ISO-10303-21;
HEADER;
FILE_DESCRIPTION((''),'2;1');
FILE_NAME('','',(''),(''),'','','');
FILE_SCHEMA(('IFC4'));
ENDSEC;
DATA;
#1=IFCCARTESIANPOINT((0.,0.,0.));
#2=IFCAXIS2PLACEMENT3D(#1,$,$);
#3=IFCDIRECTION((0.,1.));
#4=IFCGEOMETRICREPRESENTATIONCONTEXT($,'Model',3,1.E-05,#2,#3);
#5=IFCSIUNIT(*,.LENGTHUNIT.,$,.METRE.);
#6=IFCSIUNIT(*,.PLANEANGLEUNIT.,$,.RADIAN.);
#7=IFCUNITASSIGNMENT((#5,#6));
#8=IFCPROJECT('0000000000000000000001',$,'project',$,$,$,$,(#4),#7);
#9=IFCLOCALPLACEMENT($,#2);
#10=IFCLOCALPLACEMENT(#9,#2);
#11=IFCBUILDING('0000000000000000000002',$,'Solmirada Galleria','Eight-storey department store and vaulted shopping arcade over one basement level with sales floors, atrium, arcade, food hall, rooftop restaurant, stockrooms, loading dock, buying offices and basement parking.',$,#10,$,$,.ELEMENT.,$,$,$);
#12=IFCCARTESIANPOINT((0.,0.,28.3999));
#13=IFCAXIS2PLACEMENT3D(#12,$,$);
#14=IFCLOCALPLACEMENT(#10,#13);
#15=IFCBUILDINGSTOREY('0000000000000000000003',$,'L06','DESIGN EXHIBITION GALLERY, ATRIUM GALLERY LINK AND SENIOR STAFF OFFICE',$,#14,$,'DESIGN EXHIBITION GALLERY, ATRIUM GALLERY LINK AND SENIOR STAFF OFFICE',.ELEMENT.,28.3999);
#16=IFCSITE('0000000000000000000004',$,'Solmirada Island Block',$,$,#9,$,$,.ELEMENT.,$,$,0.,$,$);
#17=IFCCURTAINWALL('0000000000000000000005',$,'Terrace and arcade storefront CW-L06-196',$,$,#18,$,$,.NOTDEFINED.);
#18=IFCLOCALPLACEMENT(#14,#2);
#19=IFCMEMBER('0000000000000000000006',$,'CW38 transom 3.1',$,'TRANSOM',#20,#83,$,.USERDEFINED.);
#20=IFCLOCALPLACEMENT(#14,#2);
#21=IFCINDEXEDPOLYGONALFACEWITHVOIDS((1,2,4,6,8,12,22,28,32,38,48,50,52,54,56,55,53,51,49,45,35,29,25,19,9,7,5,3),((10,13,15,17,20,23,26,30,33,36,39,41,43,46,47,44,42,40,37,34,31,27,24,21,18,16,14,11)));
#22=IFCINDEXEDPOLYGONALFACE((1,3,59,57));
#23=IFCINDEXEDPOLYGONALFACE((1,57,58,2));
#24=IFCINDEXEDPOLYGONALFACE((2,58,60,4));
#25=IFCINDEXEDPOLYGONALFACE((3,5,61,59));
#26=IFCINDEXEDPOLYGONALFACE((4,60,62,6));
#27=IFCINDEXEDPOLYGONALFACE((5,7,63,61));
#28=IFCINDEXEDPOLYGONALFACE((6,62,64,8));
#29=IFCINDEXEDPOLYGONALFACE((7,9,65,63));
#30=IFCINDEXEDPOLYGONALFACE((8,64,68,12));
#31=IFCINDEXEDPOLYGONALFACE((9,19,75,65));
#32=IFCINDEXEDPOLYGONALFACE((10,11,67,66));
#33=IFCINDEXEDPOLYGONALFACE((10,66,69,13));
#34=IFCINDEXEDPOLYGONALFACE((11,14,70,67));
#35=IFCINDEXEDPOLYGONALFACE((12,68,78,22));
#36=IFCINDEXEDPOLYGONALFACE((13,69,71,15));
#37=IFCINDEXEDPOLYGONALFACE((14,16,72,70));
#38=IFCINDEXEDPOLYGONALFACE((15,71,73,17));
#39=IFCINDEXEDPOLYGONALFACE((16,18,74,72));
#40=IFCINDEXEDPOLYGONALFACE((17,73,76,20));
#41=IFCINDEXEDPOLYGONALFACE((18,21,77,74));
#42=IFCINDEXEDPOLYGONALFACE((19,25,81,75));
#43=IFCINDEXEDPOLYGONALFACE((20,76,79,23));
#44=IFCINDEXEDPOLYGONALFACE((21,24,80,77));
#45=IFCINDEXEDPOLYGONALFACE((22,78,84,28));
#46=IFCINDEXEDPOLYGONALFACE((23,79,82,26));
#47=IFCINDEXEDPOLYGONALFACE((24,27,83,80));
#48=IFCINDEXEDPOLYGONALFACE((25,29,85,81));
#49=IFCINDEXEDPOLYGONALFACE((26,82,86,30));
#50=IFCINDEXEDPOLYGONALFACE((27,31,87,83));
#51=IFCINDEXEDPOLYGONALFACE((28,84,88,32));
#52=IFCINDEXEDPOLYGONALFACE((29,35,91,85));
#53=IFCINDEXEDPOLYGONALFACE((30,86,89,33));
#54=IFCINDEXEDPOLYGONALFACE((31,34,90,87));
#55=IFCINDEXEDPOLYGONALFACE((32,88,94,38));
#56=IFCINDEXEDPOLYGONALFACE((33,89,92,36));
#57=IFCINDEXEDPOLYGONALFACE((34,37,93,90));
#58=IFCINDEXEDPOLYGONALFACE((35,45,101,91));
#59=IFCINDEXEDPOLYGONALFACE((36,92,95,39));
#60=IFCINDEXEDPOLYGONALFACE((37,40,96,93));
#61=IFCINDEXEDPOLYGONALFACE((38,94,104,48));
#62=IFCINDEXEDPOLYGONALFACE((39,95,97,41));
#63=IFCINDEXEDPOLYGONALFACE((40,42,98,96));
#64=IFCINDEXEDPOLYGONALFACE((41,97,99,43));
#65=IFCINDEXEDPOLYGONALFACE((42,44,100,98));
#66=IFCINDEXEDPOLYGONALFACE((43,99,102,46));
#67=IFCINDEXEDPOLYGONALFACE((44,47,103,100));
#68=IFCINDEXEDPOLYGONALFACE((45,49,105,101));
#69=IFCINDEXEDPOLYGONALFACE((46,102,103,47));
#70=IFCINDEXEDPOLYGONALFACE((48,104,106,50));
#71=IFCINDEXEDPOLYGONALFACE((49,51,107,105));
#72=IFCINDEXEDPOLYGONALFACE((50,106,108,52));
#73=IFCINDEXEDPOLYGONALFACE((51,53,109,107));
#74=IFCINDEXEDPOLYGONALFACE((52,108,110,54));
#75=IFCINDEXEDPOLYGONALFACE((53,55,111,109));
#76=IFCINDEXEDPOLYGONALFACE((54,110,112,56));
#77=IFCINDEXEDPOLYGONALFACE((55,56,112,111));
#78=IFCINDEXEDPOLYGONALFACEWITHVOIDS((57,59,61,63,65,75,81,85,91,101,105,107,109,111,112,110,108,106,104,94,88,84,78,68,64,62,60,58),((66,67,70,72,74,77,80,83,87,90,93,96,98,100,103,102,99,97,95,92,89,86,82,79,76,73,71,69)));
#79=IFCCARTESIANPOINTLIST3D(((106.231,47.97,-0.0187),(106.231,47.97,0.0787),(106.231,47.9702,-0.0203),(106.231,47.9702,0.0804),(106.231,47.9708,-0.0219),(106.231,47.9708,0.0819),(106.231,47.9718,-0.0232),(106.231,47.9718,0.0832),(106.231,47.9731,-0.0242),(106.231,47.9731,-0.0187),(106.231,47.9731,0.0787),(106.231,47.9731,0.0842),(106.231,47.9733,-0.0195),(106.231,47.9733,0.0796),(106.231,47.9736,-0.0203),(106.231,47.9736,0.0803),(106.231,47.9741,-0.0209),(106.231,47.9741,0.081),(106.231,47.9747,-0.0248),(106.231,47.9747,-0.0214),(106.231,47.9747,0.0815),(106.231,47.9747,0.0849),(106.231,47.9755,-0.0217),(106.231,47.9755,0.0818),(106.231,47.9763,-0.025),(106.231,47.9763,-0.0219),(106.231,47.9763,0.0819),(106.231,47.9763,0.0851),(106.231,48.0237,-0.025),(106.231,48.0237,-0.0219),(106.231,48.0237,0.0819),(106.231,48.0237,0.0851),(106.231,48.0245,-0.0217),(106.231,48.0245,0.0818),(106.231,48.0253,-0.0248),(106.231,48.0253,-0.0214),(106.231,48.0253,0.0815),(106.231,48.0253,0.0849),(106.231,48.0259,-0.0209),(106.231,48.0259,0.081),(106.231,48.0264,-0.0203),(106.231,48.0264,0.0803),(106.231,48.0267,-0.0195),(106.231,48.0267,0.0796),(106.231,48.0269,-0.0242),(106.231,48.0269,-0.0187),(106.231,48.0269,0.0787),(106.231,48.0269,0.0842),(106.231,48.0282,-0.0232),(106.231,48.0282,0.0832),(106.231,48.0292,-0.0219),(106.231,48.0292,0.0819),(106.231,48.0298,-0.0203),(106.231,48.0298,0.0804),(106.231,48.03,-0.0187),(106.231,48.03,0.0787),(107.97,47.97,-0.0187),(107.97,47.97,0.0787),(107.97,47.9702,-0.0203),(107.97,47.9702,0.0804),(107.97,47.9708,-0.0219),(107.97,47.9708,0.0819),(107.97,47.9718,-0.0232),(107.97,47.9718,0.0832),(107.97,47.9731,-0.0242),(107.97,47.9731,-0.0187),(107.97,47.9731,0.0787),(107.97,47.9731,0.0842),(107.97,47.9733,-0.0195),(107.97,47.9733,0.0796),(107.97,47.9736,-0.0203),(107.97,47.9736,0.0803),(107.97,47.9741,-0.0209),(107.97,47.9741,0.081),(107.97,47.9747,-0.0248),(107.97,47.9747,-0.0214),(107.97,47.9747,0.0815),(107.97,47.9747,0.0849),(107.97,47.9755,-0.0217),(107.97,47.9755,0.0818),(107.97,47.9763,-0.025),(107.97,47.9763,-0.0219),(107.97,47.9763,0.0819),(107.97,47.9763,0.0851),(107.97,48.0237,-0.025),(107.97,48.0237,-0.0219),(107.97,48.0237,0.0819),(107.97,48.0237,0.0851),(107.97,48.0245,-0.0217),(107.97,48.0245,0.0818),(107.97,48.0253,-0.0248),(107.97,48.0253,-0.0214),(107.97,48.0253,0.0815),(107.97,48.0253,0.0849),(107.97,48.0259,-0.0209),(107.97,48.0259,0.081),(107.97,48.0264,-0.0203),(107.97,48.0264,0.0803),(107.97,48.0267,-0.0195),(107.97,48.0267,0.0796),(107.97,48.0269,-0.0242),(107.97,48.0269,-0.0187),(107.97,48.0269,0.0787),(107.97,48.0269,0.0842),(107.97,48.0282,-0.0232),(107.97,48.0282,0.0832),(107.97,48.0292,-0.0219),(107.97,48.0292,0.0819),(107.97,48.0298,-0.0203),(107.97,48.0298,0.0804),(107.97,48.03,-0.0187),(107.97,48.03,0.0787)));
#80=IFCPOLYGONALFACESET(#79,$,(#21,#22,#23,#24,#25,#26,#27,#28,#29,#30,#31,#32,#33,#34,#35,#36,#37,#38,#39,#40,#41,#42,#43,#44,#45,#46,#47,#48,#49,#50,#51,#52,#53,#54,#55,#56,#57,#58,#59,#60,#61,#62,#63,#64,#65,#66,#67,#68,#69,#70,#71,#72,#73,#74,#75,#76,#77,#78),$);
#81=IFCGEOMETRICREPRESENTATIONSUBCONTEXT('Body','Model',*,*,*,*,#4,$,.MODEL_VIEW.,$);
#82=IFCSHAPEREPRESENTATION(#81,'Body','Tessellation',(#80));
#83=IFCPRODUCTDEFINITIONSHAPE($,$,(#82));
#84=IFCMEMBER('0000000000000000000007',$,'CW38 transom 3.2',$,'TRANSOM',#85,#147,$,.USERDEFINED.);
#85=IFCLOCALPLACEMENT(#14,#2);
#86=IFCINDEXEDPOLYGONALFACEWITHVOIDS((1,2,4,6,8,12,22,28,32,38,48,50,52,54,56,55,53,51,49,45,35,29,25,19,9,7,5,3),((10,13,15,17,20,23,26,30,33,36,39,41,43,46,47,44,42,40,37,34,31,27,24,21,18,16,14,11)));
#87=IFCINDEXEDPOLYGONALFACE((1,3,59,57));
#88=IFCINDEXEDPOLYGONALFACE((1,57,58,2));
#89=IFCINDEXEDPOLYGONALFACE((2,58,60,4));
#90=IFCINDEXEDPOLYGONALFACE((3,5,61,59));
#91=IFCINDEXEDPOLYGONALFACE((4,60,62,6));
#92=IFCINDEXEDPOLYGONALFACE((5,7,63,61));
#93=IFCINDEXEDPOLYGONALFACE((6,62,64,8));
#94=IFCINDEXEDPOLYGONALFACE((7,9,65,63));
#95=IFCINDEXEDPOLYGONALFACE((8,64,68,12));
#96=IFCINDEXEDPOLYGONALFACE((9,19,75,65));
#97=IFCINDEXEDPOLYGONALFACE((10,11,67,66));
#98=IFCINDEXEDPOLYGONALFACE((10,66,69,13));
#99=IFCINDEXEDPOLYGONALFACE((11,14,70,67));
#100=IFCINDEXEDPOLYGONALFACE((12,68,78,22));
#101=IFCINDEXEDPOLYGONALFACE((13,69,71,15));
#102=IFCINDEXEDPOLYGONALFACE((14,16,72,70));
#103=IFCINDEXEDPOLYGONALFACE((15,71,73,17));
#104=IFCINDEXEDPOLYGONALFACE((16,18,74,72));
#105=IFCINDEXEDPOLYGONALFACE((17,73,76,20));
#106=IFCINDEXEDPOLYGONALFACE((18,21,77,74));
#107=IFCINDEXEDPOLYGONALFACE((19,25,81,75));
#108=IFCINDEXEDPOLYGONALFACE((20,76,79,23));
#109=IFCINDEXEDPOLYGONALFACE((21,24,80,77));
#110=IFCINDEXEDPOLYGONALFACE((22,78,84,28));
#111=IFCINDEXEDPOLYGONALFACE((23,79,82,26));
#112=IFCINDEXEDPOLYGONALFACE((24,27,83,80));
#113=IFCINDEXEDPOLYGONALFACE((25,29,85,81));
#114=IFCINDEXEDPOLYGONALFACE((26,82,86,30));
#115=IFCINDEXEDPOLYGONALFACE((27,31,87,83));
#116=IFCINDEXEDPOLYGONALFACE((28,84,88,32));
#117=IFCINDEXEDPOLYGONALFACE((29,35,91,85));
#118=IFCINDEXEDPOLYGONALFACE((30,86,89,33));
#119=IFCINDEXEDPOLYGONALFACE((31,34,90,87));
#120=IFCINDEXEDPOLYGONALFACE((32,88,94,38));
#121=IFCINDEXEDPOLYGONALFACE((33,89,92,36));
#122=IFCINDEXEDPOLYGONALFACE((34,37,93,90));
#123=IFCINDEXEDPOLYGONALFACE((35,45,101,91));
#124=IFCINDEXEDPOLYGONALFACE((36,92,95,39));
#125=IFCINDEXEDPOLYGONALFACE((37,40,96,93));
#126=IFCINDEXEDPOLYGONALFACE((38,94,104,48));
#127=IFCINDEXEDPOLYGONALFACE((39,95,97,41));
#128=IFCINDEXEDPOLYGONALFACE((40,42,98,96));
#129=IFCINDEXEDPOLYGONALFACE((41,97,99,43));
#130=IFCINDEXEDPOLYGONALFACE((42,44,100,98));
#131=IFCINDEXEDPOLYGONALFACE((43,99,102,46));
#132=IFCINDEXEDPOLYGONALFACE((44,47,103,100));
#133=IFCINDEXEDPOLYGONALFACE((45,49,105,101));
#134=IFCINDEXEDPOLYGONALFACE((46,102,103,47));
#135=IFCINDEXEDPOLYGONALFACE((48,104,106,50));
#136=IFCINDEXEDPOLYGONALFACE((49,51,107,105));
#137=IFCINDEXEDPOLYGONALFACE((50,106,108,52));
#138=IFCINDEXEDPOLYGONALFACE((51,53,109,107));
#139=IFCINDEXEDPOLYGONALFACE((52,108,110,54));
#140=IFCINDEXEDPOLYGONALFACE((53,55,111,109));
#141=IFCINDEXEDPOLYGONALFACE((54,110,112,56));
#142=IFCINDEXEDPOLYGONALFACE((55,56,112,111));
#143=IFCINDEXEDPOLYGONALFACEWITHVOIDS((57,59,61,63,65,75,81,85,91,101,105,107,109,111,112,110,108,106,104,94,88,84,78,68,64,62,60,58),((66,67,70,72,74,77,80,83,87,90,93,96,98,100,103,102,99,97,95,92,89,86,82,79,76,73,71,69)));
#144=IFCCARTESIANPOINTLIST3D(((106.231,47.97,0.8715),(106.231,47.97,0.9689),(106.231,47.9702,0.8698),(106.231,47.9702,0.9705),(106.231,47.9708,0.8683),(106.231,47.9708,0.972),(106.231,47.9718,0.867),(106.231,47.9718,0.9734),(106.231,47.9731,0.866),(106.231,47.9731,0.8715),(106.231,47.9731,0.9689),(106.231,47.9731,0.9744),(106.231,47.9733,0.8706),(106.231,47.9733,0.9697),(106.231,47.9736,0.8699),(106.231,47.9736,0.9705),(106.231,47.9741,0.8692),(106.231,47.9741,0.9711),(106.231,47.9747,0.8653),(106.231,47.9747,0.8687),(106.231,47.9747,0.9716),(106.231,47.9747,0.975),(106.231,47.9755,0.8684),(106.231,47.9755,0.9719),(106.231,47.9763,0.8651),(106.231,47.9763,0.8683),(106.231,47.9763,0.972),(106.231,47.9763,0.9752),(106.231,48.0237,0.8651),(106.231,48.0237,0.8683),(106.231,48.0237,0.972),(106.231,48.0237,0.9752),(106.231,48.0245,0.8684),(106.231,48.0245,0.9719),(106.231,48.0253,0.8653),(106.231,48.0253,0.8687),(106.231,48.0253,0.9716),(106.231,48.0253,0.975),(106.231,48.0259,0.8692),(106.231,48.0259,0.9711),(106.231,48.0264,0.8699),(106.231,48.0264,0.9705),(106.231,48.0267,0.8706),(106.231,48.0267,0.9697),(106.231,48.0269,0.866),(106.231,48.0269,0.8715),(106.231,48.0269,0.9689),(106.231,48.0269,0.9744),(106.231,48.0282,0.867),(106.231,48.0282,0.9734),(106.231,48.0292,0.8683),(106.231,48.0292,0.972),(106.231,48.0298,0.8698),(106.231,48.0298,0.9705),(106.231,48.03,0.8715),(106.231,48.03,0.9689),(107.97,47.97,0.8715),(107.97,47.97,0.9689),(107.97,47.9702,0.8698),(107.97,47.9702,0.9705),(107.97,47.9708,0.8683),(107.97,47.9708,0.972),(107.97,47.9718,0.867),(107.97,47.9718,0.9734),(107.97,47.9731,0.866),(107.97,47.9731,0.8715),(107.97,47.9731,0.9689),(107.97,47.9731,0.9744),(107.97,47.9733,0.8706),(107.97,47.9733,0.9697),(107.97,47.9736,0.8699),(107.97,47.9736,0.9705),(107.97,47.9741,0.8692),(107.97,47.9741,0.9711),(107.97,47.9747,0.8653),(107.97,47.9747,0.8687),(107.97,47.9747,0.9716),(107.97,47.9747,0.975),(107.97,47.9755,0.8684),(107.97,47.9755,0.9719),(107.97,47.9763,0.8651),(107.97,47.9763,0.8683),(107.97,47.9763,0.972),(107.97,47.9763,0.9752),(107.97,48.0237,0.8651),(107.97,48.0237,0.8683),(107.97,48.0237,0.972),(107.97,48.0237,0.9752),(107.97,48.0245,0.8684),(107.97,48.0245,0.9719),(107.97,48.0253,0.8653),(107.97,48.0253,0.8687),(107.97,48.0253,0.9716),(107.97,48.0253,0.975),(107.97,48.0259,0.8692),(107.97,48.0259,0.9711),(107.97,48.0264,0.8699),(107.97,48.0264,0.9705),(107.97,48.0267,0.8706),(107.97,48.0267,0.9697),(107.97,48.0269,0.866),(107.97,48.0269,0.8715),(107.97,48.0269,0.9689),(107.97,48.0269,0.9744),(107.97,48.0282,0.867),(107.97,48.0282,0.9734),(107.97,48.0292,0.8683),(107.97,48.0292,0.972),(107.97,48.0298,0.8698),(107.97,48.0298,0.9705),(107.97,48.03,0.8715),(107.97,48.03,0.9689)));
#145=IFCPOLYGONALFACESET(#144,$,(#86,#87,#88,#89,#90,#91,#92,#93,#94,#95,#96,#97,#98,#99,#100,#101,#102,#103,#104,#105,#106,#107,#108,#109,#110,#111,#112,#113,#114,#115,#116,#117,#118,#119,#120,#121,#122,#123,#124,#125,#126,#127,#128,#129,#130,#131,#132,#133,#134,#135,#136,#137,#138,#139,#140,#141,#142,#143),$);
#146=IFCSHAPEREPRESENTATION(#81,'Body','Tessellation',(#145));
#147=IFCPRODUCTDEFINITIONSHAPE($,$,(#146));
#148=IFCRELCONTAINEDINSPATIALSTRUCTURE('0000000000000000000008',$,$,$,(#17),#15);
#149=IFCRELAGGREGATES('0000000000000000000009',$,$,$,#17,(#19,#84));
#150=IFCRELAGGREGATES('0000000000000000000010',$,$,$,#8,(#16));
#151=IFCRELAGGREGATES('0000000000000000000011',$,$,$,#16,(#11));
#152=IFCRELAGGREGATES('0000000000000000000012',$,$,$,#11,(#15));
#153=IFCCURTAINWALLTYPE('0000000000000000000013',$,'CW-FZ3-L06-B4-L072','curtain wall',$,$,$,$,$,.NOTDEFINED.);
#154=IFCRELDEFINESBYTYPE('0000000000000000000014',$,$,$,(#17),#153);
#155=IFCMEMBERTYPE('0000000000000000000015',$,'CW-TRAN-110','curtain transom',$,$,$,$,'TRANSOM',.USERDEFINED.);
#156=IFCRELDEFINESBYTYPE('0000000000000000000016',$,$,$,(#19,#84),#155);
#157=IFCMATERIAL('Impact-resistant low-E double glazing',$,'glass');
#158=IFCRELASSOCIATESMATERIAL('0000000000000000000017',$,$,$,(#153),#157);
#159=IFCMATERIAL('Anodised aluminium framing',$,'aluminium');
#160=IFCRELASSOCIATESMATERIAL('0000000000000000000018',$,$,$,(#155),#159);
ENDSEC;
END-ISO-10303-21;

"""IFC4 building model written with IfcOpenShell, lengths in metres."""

from ifc_helpers import new_model, si_unit, direction, frame, origin, origin_2d, place, context, subcontext, project, spatial, hollow_rectangle, extrude, material, material_profile, profile_set, type_object, element, aggregate, save


model = new_model("IFC4")

# Units and contexts
model_context = context("Model", 3, precision=1e-05, world=origin(), true_north=direction((0.0, 1.0)))
body_context = subcontext(model_context, "Body", "Model", "MODEL_VIEW")
ifc_project = project(units=[si_unit("LENGTHUNIT", "METRE"), si_unit("PLANEANGLEUNIT", "RADIAN")], contexts=[model_context])

# Site, building, storey
site_placement = place(None, origin())
site = spatial("IfcSite", under=ifc_project, at=site_placement, Name="Solmirada Island Block", CompositionType="ELEMENT", RefElevation=0.0)
building_placement = place(site_placement, origin())
building = spatial("IfcBuilding", under=site, at=building_placement, Name="Solmirada Galleria", Description="Eight-storey department store and vaulted shopping arcade over one basement level with sales floors, atrium, arcade, food hall, rooftop restaurant, stockrooms, loading dock, buying offices and basement parking.", CompositionType="ELEMENT")
storey_placement = place(building_placement, frame((0.0, 0.0, 28.3999)))
storey = spatial("IfcBuildingStorey", under=building, at=storey_placement, Name="L06", Description="DESIGN EXHIBITION GALLERY, ATRIUM GALLERY LINK AND SENIOR STAFF OFFICE", LongName="DESIGN EXHIBITION GALLERY, ATRIUM GALLERY LINK AND SENIOR STAFF OFFICE", CompositionType="ELEMENT", Elevation=28.3999)

# Shared definitions
ifc_material_1 = material(Name="Impact-resistant low-E double glazing", Category="glass")
curtain_wall_type = type_object("IfcCurtainWallType", Name="CW-FZ3-L06-B4-L072", Description="curtain wall", PredefinedType="NOTDEFINED", material=ifc_material_1)
ifc_material_2 = material(Name="Anodised aluminium framing", Category="aluminium")

# Curtain wall
curtain_wall_1_placement = place(storey_placement, origin())
curtain_wall_1 = element("IfcCurtainWall", 1, at=curtain_wall_1_placement, inside=storey, type_object=curtain_wall_type, Name="Terrace and arcade storefront CW-L06-196", PredefinedType="NOTDEFINED")

# Members
ifc_material_profile_1 = material_profile(ifc_material_2, hollow_rectangle(XDim=0.0601, YDim=0.1101, WallThickness=0.0032, InnerFilletRadius=0.0032, OuterFilletRadius=0.0063, at=origin_2d()), Name="ALU-TRAN-110X60")
ifc_profile_set_1 = profile_set([ifc_material_profile_1], Name="Anodised aluminium framing")
member_type_1 = type_object("IfcMemberType", Name="CW-TRAN-110", Description="curtain transom", ElementType="TRANSOM", PredefinedType="USERDEFINED", material=ifc_profile_set_1)
member_1_placement = place(storey_placement, frame((107.97, 48.0, 0.03), z_axis=(-1.0, 0.0, 0.0), x_axis=(0.0, -1.0, 0.0)))
member_1 = element("IfcMember", 2, at=member_1_placement, type_object=member_type_1, Name="CW38 transom 3.1", ObjectType="TRANSOM", PredefinedType="USERDEFINED", context=body_context, shape_type="SweptSolid", body=[
    extrude(hollow_rectangle(XDim=0.0601, YDim=0.1101, WallThickness=0.0032, InnerFilletRadius=0.0032, OuterFilletRadius=0.0063, at=origin_2d()), origin(), (0.0, 0.0, 1.0), 1.739),
])
member_2_placement = place(storey_placement, frame((107.97, 48.0, 0.9202), z_axis=(-1.0, 0.0, 0.0), x_axis=(0.0, -1.0, 0.0)))
member_2 = element("IfcMember", 3, at=member_2_placement, type_object=member_type_1, Name="CW38 transom 3.2", ObjectType="TRANSOM", PredefinedType="USERDEFINED", context=body_context, shape_type="SweptSolid", body=[
    extrude(hollow_rectangle(XDim=0.0601, YDim=0.1101, WallThickness=0.0032, InnerFilletRadius=0.0032, OuterFilletRadius=0.0063, at=origin_2d()), origin(), (0.0, 0.0, 1.0), 1.739),
])

aggregate(curtain_wall_1, [member_1, member_2])

save(model, "model.ifc")
